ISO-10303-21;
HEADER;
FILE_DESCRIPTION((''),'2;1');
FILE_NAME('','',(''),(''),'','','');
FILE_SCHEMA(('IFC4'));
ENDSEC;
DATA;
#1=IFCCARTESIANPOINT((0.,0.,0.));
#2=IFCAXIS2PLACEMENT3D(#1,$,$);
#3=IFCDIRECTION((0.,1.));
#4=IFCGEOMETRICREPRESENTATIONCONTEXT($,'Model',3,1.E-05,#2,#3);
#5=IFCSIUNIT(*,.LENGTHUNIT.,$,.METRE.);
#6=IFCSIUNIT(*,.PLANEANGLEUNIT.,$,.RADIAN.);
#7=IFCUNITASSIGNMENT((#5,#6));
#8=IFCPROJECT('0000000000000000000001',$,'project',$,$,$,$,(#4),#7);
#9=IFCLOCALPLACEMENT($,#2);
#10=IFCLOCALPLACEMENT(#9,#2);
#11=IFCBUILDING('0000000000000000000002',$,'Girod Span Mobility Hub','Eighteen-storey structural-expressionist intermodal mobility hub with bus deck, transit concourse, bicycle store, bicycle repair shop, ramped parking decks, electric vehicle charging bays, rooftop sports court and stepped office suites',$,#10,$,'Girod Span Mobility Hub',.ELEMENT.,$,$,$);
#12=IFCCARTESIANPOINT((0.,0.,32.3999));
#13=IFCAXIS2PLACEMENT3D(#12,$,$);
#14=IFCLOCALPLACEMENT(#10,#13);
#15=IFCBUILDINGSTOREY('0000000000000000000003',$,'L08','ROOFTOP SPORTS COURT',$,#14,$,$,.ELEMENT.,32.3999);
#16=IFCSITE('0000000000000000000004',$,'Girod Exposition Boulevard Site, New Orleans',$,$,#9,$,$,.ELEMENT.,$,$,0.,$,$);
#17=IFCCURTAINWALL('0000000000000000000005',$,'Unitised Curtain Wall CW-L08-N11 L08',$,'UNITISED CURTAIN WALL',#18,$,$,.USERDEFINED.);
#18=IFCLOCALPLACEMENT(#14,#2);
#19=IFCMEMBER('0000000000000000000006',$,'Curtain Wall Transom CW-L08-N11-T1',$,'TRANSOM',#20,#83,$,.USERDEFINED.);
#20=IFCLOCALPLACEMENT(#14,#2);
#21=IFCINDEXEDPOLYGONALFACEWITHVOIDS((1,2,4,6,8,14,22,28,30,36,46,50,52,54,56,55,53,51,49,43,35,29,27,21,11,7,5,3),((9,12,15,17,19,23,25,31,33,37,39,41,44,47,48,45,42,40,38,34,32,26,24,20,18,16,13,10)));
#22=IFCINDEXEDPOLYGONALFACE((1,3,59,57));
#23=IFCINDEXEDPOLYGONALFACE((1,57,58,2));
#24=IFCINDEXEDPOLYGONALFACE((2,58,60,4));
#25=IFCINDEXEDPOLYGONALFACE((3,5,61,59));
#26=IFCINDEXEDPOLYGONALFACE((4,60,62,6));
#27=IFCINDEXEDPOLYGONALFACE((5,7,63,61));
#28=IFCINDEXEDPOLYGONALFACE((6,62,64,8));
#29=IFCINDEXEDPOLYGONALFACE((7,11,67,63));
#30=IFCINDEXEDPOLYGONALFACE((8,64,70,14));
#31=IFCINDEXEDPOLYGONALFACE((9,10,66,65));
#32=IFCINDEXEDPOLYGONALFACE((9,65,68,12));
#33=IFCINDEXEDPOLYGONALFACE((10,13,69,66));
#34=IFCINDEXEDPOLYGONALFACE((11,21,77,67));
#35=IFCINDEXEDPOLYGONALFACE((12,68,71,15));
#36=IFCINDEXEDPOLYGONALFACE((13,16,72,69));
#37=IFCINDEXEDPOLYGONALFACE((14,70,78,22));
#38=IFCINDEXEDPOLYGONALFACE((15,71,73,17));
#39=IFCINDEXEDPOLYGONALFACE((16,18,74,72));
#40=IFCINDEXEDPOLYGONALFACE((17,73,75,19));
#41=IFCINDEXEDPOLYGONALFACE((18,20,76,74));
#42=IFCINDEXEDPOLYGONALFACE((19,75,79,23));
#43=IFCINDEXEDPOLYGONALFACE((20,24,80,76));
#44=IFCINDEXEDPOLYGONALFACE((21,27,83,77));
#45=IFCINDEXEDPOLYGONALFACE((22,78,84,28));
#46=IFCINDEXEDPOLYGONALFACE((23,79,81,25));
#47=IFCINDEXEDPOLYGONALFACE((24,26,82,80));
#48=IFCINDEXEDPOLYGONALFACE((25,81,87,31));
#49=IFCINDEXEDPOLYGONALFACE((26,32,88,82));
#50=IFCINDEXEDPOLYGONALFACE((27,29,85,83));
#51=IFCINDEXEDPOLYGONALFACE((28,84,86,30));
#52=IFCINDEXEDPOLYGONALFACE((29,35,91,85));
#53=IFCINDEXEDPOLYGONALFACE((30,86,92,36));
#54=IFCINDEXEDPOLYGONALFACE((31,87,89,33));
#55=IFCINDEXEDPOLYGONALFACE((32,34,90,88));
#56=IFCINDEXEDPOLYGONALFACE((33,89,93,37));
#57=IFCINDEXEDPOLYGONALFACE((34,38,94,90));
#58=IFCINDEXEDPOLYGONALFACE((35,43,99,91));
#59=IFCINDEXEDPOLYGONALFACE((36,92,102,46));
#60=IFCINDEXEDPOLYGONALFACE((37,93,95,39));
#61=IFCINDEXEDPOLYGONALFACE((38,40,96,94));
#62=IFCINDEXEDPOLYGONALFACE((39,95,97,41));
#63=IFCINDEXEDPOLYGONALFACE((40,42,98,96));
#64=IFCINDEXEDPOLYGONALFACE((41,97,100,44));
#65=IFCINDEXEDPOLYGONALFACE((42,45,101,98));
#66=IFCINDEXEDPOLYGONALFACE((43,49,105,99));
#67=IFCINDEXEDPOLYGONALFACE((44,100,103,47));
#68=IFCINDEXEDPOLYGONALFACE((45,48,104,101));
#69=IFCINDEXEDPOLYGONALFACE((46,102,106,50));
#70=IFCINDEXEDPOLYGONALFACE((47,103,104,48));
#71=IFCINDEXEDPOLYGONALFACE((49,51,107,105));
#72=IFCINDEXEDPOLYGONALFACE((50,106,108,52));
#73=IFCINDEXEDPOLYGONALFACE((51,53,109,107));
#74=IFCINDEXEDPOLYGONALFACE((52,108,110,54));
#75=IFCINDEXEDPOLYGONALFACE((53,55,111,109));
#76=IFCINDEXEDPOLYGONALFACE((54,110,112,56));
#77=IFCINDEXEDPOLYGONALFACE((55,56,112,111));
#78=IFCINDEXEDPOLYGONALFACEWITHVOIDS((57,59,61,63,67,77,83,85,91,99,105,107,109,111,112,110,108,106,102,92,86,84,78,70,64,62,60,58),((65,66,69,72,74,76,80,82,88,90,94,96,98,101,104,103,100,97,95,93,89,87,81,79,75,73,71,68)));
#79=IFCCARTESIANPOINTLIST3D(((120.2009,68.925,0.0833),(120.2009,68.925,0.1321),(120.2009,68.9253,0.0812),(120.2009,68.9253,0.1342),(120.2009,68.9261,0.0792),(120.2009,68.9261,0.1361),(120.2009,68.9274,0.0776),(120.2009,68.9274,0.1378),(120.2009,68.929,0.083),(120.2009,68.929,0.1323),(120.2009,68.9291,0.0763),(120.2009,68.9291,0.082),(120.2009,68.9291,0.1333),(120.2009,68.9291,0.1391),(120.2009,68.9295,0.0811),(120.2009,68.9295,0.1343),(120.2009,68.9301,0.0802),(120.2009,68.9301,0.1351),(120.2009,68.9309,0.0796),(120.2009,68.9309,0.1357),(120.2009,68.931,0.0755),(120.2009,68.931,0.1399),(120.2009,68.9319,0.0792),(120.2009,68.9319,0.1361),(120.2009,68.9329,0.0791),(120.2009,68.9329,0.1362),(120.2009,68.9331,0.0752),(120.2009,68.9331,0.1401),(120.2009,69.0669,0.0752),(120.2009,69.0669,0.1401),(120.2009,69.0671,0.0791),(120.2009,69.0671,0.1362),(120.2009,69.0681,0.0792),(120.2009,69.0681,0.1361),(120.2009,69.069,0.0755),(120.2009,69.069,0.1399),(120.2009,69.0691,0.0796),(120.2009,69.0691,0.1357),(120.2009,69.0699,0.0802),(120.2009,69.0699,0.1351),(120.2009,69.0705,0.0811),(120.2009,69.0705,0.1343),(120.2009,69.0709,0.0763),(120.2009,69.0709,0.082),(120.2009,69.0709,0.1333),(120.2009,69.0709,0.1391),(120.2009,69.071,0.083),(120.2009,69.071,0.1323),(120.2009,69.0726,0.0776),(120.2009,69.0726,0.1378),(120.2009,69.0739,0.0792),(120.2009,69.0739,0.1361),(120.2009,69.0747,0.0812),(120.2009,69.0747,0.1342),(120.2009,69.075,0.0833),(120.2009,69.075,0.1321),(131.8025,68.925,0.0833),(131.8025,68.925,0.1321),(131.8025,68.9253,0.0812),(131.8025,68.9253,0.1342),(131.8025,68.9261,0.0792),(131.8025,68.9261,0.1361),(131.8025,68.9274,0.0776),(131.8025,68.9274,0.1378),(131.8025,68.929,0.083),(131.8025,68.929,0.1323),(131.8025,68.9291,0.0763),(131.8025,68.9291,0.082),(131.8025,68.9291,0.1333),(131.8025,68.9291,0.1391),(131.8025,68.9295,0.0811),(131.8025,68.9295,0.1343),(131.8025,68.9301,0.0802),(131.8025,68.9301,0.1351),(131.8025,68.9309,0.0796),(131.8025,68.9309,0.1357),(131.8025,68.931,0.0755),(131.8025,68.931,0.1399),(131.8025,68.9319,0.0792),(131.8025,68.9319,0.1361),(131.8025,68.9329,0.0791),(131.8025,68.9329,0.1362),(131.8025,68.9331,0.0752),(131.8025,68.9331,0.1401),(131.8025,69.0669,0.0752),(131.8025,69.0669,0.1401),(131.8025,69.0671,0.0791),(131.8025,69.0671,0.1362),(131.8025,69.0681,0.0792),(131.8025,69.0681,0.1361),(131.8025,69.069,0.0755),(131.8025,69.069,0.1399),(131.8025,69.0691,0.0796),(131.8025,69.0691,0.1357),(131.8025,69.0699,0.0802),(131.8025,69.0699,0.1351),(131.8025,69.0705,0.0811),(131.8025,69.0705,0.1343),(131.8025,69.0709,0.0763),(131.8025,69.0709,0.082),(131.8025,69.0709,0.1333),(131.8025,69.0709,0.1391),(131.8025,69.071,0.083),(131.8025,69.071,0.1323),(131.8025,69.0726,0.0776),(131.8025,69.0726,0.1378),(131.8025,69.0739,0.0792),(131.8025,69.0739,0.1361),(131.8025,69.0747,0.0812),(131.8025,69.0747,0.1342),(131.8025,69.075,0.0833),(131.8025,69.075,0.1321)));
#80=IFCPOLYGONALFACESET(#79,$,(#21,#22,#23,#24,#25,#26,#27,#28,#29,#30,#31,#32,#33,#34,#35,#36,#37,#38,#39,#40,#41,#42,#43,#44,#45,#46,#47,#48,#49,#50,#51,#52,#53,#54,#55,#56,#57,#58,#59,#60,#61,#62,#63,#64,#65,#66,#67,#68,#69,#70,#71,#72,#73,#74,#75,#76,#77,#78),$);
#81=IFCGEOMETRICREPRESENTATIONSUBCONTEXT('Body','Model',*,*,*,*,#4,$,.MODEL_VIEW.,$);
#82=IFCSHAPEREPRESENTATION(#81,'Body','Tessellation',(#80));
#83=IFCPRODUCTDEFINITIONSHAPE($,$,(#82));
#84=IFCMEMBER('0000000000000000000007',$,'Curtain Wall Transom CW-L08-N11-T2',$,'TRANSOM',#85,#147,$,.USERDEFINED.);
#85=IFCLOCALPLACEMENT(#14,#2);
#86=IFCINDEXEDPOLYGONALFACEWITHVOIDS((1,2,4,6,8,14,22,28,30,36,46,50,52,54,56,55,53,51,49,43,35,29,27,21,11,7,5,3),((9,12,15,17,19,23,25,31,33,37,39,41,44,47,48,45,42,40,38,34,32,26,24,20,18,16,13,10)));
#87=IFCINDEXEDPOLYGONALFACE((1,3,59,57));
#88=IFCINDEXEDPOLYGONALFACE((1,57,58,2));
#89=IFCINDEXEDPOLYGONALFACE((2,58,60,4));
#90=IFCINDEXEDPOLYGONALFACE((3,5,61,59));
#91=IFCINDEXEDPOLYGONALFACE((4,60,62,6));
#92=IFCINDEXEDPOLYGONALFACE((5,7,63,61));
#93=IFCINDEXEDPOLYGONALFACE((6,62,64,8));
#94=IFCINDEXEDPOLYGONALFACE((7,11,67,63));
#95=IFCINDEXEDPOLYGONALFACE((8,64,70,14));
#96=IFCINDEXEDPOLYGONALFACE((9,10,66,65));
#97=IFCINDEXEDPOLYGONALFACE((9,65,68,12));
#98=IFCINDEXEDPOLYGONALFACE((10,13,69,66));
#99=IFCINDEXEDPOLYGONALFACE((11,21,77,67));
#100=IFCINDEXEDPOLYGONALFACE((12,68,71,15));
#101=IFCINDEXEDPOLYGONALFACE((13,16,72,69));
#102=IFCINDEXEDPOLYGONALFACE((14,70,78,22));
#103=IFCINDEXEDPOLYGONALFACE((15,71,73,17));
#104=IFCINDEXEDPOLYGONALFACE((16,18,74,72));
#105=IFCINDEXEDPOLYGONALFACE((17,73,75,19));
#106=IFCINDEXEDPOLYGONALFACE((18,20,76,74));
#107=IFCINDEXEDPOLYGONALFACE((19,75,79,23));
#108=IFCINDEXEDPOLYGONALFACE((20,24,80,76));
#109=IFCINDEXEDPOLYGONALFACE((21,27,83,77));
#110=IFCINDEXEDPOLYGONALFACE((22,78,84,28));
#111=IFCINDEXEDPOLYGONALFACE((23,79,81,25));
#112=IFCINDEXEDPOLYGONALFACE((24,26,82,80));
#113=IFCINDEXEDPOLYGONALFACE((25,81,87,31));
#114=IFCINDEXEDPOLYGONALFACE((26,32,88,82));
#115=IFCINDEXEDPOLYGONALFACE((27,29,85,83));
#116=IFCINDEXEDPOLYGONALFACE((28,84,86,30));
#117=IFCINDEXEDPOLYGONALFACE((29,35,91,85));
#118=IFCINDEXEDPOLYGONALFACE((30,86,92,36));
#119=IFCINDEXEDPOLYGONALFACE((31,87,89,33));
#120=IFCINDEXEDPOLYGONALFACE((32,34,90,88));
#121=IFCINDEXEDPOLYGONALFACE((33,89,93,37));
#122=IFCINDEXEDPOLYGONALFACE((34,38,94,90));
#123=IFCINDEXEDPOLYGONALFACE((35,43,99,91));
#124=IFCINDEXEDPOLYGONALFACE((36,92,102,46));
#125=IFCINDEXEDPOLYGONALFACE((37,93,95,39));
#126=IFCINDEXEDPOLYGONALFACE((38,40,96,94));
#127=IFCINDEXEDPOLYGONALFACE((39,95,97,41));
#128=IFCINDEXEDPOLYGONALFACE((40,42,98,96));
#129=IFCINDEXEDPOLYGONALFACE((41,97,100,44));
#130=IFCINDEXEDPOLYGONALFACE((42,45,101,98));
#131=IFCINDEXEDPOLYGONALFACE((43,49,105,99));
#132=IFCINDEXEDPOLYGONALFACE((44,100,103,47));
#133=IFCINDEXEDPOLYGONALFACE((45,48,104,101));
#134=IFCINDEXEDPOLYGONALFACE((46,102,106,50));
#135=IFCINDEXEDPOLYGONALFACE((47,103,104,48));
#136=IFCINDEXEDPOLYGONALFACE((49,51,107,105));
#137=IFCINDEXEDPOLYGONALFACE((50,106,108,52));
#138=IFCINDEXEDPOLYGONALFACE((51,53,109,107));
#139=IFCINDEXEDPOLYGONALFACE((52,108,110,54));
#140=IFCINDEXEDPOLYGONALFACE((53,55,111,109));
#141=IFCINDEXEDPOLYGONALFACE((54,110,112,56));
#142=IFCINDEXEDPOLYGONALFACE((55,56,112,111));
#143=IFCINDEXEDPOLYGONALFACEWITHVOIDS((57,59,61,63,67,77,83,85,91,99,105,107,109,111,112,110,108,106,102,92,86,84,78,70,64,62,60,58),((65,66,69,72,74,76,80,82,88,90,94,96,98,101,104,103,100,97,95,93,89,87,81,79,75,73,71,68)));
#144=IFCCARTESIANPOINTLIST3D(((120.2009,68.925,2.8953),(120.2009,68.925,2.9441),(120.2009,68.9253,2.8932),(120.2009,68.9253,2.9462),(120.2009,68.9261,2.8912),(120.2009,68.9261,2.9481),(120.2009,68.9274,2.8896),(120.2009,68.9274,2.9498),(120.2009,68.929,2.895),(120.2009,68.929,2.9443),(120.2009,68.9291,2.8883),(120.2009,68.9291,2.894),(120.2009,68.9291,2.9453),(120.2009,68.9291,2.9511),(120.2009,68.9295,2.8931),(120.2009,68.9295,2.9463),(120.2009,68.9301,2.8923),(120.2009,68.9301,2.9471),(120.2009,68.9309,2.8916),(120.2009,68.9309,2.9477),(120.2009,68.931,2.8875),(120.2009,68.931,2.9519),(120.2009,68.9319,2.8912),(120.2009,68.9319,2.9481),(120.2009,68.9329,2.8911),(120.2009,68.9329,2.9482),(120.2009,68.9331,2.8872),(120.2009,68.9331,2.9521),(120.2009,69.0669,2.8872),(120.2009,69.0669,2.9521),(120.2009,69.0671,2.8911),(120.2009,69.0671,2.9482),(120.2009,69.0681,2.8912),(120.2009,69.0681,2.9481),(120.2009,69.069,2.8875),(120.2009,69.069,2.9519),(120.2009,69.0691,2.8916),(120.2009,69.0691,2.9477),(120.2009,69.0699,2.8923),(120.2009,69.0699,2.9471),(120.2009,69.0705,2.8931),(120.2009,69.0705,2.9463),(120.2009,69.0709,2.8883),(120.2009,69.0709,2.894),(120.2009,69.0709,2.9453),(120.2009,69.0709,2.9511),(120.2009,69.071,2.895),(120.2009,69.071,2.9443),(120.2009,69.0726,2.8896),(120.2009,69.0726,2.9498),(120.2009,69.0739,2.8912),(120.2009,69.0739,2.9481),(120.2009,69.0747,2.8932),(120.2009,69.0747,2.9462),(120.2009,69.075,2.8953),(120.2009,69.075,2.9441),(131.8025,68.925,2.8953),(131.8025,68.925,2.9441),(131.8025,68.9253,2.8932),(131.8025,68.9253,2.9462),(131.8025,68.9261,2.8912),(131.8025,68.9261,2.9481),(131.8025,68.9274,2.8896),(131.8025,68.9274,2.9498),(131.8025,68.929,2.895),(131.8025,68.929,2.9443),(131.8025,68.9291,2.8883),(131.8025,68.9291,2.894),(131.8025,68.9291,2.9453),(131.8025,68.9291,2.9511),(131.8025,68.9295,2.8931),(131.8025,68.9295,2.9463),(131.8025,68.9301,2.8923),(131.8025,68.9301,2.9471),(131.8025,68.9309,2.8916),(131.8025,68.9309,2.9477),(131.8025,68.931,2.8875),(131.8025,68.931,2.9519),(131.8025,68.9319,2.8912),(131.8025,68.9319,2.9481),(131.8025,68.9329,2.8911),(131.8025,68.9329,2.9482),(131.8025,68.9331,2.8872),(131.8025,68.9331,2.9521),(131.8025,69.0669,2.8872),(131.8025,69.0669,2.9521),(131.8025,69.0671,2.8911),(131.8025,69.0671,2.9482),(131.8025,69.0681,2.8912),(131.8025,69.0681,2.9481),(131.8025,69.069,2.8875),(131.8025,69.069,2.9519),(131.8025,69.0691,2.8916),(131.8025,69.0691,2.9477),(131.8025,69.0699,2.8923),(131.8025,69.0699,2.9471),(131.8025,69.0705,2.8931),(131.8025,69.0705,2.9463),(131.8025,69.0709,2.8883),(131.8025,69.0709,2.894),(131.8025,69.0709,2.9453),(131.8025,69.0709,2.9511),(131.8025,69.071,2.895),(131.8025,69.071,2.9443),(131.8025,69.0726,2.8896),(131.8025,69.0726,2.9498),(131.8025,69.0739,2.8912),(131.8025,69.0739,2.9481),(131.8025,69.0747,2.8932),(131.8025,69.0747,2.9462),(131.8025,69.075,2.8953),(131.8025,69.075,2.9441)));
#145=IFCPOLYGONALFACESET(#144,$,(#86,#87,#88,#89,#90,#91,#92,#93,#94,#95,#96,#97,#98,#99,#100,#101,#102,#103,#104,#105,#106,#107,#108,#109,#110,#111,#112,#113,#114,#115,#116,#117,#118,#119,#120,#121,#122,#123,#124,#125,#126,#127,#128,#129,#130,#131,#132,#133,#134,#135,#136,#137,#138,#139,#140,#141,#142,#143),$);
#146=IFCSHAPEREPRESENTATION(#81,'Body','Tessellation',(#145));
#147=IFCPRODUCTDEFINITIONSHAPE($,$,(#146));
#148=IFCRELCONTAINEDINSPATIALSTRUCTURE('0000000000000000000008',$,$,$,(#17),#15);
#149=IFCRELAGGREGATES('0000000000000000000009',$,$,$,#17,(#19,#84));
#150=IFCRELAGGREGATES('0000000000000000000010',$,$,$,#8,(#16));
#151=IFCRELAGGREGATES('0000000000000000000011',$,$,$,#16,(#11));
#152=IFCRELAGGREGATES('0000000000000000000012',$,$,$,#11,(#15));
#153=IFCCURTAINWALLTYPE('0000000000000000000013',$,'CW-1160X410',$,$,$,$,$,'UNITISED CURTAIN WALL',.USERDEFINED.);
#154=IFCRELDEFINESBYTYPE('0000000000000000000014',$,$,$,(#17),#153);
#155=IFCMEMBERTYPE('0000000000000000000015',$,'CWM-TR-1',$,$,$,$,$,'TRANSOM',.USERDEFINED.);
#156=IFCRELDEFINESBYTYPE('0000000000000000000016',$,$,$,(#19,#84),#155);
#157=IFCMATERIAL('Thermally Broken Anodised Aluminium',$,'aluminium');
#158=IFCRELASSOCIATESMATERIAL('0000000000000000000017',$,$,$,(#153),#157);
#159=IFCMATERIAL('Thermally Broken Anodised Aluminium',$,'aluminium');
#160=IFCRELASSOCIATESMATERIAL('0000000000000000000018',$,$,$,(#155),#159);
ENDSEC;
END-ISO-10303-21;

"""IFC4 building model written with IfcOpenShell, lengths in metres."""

from ifc_helpers import new_model, si_unit, direction, frame, origin, origin_2d, place, context, subcontext, project, spatial, hollow_rectangle, extrude, material, material_profile, profile_set, type_object, element, aggregate, save


model = new_model("IFC4")

# Units and contexts
model_context = context("Model", 3, precision=1e-05, world=origin(), true_north=direction((0.0, 1.0)))
body_context = subcontext(model_context, "Body", "Model", "MODEL_VIEW")
ifc_project = project(units=[si_unit("LENGTHUNIT", "METRE"), si_unit("PLANEANGLEUNIT", "RADIAN")], contexts=[model_context])

# Site, building, storey
site_placement = place(None, origin())
site = spatial("IfcSite", under=ifc_project, at=site_placement, Name="Girod Exposition Boulevard Site, New Orleans", CompositionType="ELEMENT", RefElevation=0.0)
building_placement = place(site_placement, origin())
building = spatial("IfcBuilding", under=site, at=building_placement, Name="Girod Span Mobility Hub", Description="Eighteen-storey structural-expressionist intermodal mobility hub with bus deck, transit concourse, bicycle store, bicycle repair shop, ramped parking decks, electric vehicle charging bays, rooftop sports court and stepped office suites", LongName="Girod Span Mobility Hub", CompositionType="ELEMENT")
storey_placement = place(building_placement, frame((0.0, 0.0, 32.3999)))
storey = spatial("IfcBuildingStorey", under=building, at=storey_placement, Name="L08", Description="ROOFTOP SPORTS COURT", CompositionType="ELEMENT", Elevation=32.3999)

# Curtain wall, members
ifc_material_1 = material(Name="Thermally Broken Anodised Aluminium", Category="aluminium")
curtain_wall_type = type_object("IfcCurtainWallType", Name="CW-1160X410", ElementType="UNITISED CURTAIN WALL", PredefinedType="USERDEFINED", material=ifc_material_1)
curtain_wall_placement = place(storey_placement, origin())
curtain_wall = element("IfcCurtainWall", 1, at=curtain_wall_placement, inside=storey, type_object=curtain_wall_type, Name="Unitised Curtain Wall CW-L08-N11 L08", ObjectType="UNITISED CURTAIN WALL", PredefinedType="USERDEFINED")
ifc_material_2 = material(Name="Thermally Broken Anodised Aluminium", Category="aluminium")
ifc_material_profile_1 = material_profile(ifc_material_2, hollow_rectangle(XDim=0.1499, YDim=0.0649, WallThickness=0.0039, InnerFilletRadius=0.0039, OuterFilletRadius=0.0081, at=origin_2d()), Name="CW-TR-65X150")
ifc_profile_set_1 = profile_set([ifc_material_profile_1], Name="Thermally Broken Anodised Aluminium")
member_type_1 = type_object("IfcMemberType", Name="CWM-TR-1", ElementType="TRANSOM", PredefinedType="USERDEFINED", material=ifc_profile_set_1)
member_1_placement = place(storey_placement, frame((120.2009, 69.0, 0.1077), z_axis=(1.0, 0.0, 0.0), x_axis=(0.0, 1.0, 0.0)))
member_1 = element("IfcMember", 2, at=member_1_placement, type_object=member_type_1, Name="Curtain Wall Transom CW-L08-N11-T1", ObjectType="TRANSOM", PredefinedType="USERDEFINED", context=body_context, shape_type="SweptSolid", body=[
    extrude(hollow_rectangle(XDim=0.1499, YDim=0.0649, WallThickness=0.0039, InnerFilletRadius=0.0039, OuterFilletRadius=0.0081, at=origin_2d()), origin(), (0.0, 0.0, 1.0), 11.6016),
])
member_2_placement = place(storey_placement, frame((120.2009, 69.0, 2.9197), z_axis=(1.0, 0.0, 0.0), x_axis=(0.0, 1.0, 0.0)))
member_2 = element("IfcMember", 3, at=member_2_placement, type_object=member_type_1, Name="Curtain Wall Transom CW-L08-N11-T2", ObjectType="TRANSOM", PredefinedType="USERDEFINED", context=body_context, shape_type="SweptSolid", body=[
    extrude(hollow_rectangle(XDim=0.1499, YDim=0.0649, WallThickness=0.0039, InnerFilletRadius=0.0039, OuterFilletRadius=0.0081, at=origin_2d()), origin(), (0.0, 0.0, 1.0), 11.6016),
])

aggregate(curtain_wall, [member_1, member_2])

save(model, "model.ifc")
